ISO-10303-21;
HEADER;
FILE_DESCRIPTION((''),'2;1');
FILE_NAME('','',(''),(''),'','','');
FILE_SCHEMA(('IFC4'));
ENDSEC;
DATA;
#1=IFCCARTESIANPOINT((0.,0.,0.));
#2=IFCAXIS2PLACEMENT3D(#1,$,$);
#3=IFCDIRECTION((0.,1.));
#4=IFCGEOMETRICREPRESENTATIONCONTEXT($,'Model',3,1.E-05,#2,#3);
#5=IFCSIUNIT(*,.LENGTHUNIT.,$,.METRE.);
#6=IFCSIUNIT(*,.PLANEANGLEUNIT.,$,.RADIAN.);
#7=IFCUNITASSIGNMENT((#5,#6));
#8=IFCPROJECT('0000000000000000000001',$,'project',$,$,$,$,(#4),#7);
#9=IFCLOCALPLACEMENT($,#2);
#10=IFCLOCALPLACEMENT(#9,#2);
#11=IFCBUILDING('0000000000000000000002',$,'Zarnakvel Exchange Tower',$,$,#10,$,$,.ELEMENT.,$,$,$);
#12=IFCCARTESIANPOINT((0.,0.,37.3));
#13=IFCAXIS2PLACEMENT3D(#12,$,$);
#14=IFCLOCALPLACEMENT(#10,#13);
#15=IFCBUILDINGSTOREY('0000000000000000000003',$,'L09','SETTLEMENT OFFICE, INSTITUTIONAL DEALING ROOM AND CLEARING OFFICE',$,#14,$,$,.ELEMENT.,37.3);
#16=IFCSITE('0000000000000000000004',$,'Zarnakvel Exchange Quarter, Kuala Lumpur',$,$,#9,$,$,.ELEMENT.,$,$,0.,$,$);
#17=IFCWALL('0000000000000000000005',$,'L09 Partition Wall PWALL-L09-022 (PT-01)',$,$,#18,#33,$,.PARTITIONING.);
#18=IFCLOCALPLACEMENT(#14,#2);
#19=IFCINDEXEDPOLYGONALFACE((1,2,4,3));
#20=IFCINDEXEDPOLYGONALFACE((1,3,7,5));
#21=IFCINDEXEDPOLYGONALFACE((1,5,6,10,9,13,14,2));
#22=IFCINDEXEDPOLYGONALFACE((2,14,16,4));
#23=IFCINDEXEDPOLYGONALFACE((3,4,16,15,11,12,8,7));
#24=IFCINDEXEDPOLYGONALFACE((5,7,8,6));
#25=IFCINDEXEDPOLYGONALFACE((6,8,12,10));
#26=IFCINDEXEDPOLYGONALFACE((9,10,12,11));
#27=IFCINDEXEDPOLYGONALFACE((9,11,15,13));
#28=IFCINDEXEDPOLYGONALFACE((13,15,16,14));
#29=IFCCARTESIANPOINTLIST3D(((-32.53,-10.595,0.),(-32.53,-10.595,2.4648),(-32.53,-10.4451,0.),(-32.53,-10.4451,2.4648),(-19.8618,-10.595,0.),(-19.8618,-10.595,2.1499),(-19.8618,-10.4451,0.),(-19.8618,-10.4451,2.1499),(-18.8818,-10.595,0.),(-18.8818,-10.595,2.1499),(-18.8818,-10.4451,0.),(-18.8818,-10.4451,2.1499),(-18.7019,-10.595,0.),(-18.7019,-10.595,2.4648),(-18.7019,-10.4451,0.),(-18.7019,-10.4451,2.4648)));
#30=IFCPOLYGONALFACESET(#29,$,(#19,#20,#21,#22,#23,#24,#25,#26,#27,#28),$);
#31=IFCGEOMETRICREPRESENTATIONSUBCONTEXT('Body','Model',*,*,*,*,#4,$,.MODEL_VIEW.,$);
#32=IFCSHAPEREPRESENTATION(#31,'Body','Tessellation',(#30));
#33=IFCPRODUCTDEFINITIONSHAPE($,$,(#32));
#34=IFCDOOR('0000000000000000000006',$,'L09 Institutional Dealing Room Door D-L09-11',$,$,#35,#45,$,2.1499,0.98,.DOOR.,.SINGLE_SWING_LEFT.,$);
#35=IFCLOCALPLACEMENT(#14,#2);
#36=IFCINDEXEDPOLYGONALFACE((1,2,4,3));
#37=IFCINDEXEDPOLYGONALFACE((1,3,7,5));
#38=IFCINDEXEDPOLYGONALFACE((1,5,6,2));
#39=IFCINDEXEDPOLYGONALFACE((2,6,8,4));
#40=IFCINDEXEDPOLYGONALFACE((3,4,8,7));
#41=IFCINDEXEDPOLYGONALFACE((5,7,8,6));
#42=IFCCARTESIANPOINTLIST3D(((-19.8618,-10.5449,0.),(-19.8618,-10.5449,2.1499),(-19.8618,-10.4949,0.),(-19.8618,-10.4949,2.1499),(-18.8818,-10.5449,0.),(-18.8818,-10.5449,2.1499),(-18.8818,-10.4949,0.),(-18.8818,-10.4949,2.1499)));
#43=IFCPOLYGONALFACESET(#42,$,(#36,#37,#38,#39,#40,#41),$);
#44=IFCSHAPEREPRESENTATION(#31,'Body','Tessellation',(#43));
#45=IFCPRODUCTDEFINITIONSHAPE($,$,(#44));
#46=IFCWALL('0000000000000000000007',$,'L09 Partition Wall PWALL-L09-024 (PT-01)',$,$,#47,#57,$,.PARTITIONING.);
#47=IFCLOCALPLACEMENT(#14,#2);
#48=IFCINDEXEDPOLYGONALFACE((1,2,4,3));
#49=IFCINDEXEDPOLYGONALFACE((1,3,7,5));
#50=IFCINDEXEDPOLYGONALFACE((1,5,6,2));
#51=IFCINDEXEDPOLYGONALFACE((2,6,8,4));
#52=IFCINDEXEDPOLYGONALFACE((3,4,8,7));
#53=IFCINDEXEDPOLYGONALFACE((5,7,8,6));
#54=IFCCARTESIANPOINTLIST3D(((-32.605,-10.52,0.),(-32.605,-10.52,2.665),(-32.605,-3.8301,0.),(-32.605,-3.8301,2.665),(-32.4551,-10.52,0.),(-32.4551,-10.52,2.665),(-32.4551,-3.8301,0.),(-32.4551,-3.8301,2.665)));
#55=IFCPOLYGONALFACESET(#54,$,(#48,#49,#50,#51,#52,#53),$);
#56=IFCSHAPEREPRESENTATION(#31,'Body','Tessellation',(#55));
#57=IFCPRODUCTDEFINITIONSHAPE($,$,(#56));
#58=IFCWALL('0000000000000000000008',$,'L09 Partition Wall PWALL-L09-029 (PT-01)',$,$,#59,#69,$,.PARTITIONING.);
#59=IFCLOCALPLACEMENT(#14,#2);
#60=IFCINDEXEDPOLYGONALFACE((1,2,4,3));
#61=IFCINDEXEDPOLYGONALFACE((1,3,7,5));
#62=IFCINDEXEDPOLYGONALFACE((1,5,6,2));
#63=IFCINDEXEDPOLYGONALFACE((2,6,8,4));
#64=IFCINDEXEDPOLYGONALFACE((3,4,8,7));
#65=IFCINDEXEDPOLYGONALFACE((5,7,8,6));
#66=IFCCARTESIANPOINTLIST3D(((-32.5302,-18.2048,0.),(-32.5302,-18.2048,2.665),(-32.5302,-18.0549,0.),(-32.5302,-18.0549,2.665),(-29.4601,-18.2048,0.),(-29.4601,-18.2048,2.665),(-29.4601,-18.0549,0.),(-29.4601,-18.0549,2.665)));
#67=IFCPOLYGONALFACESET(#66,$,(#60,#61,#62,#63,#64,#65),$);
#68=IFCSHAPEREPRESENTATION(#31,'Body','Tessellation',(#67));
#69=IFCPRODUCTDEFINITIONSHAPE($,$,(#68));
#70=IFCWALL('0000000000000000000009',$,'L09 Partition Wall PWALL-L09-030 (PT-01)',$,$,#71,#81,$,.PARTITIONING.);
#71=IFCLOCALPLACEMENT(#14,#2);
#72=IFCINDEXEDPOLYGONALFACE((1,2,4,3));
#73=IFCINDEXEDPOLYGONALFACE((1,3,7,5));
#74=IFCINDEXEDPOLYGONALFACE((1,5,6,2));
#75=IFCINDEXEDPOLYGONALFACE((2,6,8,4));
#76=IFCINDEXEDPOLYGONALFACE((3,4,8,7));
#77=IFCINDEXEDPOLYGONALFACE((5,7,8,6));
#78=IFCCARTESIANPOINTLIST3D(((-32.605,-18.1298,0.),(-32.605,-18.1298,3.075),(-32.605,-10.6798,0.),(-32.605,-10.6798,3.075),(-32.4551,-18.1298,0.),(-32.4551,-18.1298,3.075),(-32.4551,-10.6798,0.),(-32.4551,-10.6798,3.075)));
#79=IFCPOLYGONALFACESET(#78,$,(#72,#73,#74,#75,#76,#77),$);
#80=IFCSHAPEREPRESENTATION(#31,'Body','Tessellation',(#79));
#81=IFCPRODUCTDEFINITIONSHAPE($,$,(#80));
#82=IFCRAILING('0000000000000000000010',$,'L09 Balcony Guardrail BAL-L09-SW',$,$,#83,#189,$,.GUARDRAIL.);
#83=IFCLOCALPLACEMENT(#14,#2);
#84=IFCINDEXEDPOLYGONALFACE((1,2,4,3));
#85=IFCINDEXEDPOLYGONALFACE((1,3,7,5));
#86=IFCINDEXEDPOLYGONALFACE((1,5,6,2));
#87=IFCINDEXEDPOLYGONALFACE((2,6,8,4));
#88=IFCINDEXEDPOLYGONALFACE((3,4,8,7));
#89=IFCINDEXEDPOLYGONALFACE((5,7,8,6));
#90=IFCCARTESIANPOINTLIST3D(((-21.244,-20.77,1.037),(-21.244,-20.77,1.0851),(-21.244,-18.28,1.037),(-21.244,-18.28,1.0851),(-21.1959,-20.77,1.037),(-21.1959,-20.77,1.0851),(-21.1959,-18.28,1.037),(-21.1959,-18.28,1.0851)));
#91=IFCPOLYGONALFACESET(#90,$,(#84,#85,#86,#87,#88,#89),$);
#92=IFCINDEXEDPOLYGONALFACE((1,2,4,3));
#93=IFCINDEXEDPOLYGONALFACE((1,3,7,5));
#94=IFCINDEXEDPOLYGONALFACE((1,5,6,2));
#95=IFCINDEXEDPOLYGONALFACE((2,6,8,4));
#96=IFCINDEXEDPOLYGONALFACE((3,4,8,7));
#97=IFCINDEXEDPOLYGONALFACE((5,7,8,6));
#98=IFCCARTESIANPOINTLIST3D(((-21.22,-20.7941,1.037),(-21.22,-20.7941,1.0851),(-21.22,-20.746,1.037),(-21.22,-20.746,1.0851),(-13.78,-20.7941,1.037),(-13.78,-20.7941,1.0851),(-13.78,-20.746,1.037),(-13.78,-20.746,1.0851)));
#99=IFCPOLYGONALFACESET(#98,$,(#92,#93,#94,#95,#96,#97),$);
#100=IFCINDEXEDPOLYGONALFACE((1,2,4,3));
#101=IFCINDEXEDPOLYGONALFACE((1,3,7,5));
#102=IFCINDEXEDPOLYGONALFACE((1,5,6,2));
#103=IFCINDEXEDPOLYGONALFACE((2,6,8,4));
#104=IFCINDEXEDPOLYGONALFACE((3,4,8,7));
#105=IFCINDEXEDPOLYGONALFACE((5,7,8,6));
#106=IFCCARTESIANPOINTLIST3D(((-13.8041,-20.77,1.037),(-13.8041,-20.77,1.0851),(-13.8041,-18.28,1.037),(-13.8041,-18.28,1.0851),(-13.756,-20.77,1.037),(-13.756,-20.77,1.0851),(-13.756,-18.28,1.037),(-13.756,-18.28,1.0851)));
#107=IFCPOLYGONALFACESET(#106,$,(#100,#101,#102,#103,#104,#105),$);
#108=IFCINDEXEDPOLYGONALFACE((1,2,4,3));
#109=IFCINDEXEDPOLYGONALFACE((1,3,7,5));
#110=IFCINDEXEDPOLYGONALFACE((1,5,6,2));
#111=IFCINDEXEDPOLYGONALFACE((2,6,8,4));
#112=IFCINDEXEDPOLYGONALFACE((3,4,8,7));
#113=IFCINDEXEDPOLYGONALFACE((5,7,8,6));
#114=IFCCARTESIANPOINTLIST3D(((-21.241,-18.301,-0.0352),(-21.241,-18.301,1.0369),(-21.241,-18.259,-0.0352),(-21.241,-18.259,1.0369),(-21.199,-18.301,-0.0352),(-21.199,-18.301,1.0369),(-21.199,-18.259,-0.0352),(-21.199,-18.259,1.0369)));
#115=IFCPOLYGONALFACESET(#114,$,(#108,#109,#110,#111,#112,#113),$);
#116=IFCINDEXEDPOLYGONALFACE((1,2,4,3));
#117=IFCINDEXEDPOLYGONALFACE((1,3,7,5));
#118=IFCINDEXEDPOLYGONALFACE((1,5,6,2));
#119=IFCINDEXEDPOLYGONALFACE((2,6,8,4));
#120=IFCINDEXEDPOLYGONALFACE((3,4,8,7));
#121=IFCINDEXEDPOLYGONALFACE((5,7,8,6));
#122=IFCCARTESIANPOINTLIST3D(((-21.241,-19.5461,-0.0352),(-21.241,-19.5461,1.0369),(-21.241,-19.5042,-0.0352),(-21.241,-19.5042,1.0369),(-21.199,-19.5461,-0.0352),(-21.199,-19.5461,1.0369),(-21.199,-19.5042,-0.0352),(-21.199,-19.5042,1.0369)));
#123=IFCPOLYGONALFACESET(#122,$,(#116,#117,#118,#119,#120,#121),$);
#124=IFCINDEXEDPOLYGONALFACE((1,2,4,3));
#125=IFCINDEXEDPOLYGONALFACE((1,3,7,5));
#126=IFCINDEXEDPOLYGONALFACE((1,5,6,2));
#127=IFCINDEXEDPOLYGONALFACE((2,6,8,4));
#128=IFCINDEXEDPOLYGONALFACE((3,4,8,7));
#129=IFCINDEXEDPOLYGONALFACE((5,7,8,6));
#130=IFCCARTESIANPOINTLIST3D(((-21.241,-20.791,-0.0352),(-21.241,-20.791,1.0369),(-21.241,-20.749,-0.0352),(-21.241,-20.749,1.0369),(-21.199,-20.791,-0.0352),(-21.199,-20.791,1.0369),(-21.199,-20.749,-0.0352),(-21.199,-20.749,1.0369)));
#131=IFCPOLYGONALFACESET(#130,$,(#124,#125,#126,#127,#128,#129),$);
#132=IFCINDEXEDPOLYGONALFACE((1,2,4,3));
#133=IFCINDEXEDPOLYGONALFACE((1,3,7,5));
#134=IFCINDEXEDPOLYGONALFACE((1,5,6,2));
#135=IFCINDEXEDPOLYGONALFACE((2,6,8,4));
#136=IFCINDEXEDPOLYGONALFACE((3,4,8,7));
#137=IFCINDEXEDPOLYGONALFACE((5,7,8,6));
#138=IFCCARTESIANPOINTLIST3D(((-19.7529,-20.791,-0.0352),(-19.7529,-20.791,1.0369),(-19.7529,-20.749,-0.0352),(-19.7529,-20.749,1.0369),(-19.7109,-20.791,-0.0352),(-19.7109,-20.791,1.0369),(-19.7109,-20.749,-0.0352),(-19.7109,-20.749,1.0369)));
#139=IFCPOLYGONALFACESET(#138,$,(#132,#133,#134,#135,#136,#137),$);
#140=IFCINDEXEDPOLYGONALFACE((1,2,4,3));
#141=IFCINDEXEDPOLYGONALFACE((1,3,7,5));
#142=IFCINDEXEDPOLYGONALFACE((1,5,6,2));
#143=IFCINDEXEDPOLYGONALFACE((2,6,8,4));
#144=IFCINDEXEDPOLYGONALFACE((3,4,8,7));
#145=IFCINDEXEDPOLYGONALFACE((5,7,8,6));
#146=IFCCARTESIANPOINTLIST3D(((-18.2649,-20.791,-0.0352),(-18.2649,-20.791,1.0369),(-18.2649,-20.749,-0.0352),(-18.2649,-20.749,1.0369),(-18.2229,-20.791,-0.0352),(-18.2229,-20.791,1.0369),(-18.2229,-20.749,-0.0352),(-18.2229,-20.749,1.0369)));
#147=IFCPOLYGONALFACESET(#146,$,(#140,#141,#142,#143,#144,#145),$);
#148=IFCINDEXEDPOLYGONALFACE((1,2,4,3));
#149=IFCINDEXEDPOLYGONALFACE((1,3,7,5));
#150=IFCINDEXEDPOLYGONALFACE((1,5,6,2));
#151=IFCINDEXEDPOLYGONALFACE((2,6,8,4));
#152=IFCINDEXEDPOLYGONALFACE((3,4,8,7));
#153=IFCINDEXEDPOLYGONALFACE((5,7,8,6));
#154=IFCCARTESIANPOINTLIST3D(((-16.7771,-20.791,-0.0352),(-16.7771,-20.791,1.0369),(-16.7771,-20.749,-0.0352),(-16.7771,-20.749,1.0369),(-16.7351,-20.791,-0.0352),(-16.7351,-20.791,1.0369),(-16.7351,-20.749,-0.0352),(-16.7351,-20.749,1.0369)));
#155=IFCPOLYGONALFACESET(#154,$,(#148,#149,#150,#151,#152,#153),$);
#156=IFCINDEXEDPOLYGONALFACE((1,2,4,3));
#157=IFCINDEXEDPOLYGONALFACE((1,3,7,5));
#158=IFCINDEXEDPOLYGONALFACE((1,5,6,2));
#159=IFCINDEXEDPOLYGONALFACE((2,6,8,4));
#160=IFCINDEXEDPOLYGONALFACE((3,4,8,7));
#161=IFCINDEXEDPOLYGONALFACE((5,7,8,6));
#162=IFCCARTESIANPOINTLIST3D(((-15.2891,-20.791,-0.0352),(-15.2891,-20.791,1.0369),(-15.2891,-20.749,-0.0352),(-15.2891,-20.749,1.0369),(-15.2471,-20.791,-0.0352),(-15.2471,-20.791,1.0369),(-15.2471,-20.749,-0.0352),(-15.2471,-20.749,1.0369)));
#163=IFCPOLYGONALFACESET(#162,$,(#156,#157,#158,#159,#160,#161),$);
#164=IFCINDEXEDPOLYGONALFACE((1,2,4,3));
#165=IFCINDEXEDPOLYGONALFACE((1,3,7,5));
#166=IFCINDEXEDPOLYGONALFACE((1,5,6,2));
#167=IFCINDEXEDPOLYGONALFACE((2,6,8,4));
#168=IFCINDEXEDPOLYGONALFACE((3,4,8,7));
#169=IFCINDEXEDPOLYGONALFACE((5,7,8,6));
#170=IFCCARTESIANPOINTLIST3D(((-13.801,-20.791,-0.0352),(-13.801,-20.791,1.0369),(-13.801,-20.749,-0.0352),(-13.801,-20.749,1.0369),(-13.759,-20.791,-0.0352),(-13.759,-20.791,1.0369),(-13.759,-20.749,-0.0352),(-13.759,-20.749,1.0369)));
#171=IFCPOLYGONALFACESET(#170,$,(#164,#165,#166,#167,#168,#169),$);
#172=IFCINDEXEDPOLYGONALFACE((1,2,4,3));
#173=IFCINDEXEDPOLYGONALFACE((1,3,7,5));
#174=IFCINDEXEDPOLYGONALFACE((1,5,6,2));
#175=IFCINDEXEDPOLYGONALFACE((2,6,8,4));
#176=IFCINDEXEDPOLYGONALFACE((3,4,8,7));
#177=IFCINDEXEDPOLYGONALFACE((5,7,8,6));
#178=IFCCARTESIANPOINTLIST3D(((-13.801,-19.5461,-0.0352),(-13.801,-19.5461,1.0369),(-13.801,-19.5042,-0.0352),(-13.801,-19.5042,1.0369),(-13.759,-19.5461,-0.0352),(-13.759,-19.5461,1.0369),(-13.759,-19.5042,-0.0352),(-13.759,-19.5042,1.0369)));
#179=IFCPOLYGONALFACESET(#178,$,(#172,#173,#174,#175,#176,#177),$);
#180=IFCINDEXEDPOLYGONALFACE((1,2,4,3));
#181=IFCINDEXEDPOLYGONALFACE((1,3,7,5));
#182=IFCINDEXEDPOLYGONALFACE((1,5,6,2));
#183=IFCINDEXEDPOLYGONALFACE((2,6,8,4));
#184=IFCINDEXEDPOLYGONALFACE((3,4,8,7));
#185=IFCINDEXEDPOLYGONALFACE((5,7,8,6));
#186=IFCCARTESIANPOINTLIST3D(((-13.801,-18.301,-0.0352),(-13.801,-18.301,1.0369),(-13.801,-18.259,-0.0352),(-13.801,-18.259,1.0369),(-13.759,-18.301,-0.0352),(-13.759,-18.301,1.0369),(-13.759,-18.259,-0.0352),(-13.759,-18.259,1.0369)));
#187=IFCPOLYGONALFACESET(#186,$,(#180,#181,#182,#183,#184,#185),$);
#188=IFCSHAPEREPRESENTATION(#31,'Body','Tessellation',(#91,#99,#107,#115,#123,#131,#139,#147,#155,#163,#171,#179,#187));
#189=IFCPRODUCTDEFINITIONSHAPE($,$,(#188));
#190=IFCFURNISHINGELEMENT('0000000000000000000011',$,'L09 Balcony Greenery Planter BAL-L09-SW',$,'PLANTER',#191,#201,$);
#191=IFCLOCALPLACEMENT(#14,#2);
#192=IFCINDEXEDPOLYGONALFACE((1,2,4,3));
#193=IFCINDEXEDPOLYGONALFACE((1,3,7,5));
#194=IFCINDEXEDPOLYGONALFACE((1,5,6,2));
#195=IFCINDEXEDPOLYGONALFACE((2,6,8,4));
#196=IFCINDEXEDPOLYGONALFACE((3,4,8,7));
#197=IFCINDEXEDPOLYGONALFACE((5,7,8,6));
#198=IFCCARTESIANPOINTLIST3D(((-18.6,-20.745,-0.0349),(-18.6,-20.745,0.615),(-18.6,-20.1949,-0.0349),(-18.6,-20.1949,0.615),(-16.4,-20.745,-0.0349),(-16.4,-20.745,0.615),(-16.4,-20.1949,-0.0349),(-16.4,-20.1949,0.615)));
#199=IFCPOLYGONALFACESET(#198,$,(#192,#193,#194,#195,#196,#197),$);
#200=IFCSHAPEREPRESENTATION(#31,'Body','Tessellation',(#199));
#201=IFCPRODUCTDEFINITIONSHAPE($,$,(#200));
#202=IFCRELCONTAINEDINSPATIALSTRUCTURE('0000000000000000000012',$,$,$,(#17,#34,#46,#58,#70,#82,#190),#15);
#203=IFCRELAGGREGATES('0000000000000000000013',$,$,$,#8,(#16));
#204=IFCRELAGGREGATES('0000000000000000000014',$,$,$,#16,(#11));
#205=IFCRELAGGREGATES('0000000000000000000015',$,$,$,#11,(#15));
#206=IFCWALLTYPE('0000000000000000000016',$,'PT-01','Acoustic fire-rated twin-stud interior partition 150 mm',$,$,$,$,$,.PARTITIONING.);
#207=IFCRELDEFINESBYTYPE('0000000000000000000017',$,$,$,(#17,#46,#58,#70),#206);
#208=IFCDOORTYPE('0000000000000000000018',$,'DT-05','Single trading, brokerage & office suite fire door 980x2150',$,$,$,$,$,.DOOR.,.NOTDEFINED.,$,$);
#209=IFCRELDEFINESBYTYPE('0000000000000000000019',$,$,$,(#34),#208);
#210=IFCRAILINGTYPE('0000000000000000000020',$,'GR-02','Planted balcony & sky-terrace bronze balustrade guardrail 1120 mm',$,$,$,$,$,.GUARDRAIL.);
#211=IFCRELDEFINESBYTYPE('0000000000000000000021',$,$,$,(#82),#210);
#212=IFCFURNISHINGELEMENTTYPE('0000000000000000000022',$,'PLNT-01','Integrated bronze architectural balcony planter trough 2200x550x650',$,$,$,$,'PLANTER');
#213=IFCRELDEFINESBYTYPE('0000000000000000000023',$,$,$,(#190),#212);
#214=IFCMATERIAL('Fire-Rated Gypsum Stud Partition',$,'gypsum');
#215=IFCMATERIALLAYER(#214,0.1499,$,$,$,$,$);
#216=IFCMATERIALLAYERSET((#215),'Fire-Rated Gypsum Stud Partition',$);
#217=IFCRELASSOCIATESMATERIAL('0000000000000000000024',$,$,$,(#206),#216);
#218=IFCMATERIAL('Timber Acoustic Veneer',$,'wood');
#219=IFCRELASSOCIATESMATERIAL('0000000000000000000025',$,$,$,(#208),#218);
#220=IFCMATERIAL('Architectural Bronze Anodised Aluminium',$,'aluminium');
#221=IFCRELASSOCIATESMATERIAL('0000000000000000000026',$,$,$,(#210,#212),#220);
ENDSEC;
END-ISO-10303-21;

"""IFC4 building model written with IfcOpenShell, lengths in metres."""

from ifc_helpers import new_model, si_unit, direction, frame, frame_2d, origin, origin_2d, place, context, subcontext, project, spatial, rectangle, extrude, source, transform, mapped, material, layer, layer_set, type_object, element, fill, save


model = new_model("IFC4")

# Units and contexts
model_context = context("Model", 3, precision=1e-05, world=origin(), true_north=direction((0.0, 1.0)))
body_context = subcontext(model_context, "Body", "Model", "MODEL_VIEW")
ifc_project = project(units=[si_unit("LENGTHUNIT", "METRE"), si_unit("PLANEANGLEUNIT", "RADIAN")], contexts=[model_context])

# Site, building, storey
site_placement = place(None, origin())
site = spatial("IfcSite", under=ifc_project, at=site_placement, Name="Zarnakvel Exchange Quarter, Kuala Lumpur", CompositionType="ELEMENT", RefElevation=0.0)
building_placement = place(site_placement, origin())
building = spatial("IfcBuilding", under=site, at=building_placement, Name="Zarnakvel Exchange Tower", CompositionType="ELEMENT")
storey_placement = place(building_placement, frame((0.0, 0.0, 37.3)))
storey = spatial("IfcBuildingStorey", under=building, at=storey_placement, Name="L09", Description="SETTLEMENT OFFICE, INSTITUTIONAL DEALING ROOM AND CLEARING OFFICE", CompositionType="ELEMENT", Elevation=37.3)

# Shared definitions
ifc_material_1 = material(Name="Architectural Bronze Anodised Aluminium", Category="aluminium")

# Wall, opening, door
ifc_material_2 = material(Name="Fire-Rated Gypsum Stud Partition", Category="gypsum")
ifc_layer_1 = layer(ifc_material_2, 0.1499)
ifc_layer_set_1 = layer_set([ifc_layer_1], Name="Fire-Rated Gypsum Stud Partition")
wall_type_1 = type_object("IfcWallType", Name="PT-01", Description="Acoustic fire-rated twin-stud interior partition 150 mm", PredefinedType="PARTITIONING", material=ifc_layer_set_1)
wall_1_placement = place(storey_placement, frame((-18.7019, -10.52, 0.0), z_axis=(0.0, 0.0, 1.0), x_axis=(-1.0, 0.0, 0.0)))
wall_1 = element("IfcWall", 1, at=wall_1_placement, inside=storey, type_object=wall_type_1, Name="L09 Partition Wall PWALL-L09-022 (PT-01)", PredefinedType="PARTITIONING", context=body_context, shape_type="SweptSolid", body=[
    extrude(rectangle(XDim=13.8281, YDim=0.1499, at=frame_2d((6.9141, 0.0))), origin(), (0.0, 0.0, 1.0), 2.4648),
])
opening_placement = place(wall_1_placement, frame((0.1799, 0.0, 0.0)))
opening = element("IfcOpeningElement", 2, at=opening_placement, cuts=wall_1, PredefinedType="OPENING", context=body_context, shape_type="SweptSolid", body=[
    extrude(rectangle(XDim=0.98, YDim=2.1499, at=frame_2d((0.49, 1.075))), frame((0.0, 0.085, 0.0), z_axis=(0.0, -1.0, 0.0), x_axis=(1.0, 0.0, 0.0)), (0.0, 0.0, 1.0), 0.1699),
])
ifc_material_3 = material(Name="Timber Acoustic Veneer", Category="wood")
door_type = type_object("IfcDoorType", Name="DT-05", Description="Single trading, brokerage & office suite fire door 980x2150", OperationType="NOTDEFINED", PredefinedType="DOOR", material=ifc_material_3)
shared_shape_1 = source(origin(), body_context, "Body", "SweptSolid", [
    extrude(rectangle(XDim=0.98, YDim=2.1499, at=frame_2d((0.49, 1.075))), frame((0.0, 0.0249, 0.0), z_axis=(0.0, -1.0, 0.0), x_axis=(1.0, 0.0, 0.0)), (0.0, 0.0, 1.0), 0.05),
])
door_placement = place(opening_placement, origin())
door = element("IfcDoor", 3, at=door_placement, inside=storey, type_object=door_type, Name="L09 Institutional Dealing Room Door D-L09-11", OperationType="SINGLE_SWING_LEFT", OverallHeight=2.1499, OverallWidth=0.98, PredefinedType="DOOR", context=body_context, shape_type="MappedRepresentation", body=[
    mapped(shared_shape_1, transform((0.0, 0.0, 0.0), x_axis=(1.0, 0.0, 0.0), y_axis=(0.0, 1.0, 0.0), z_axis=(0.0, 0.0, 1.0), scale=1.0)),
])
fill(opening, door)

# Walls
wall_2_placement = place(storey_placement, frame((-32.53, -10.52, 0.0), z_axis=(0.0, 0.0, 1.0), x_axis=(0.0, 1.0, 0.0)))
element("IfcWall", 4, at=wall_2_placement, inside=storey, type_object=wall_type_1, Name="L09 Partition Wall PWALL-L09-024 (PT-01)", PredefinedType="PARTITIONING", context=body_context, shape_type="SweptSolid", body=[
    extrude(rectangle(XDim=6.6899, YDim=0.1499, at=frame_2d((3.345, 0.0))), origin(), (0.0, 0.0, 1.0), 2.665),
])
wall_3_placement = place(storey_placement, frame((-29.46, -18.1299, 0.0), z_axis=(0.0, 0.0, 1.0), x_axis=(-1.0, 0.0, 0.0)))
element("IfcWall", 5, at=wall_3_placement, inside=storey, type_object=wall_type_1, Name="L09 Partition Wall PWALL-L09-029 (PT-01)", PredefinedType="PARTITIONING", context=body_context, shape_type="SweptSolid", body=[
    extrude(rectangle(XDim=3.0701, YDim=0.1499, at=frame_2d((1.5352, 0.0))), origin(), (0.0, 0.0, 1.0), 2.665),
])
wall_4_placement = place(storey_placement, frame((-32.53, -18.1299, 0.0), z_axis=(0.0, 0.0, 1.0), x_axis=(0.0, 1.0, 0.0)))
element("IfcWall", 6, at=wall_4_placement, inside=storey, type_object=wall_type_1, Name="L09 Partition Wall PWALL-L09-030 (PT-01)", PredefinedType="PARTITIONING", context=body_context, shape_type="SweptSolid", body=[
    extrude(rectangle(XDim=7.45, YDim=0.1499, at=frame_2d((3.7251, 0.0))), origin(), (0.0, 0.0, 1.0), 3.075),
])

# Railing
railing_type = type_object("IfcRailingType", Name="GR-02", Description="Planted balcony & sky-terrace bronze balustrade guardrail 1120 mm", PredefinedType="GUARDRAIL", material=ifc_material_1)
railing_placement = place(storey_placement, frame((-21.22, -18.28, -0.0352)))
element("IfcRailing", 7, at=railing_placement, inside=storey, type_object=railing_type, Name="L09 Balcony Guardrail BAL-L09-SW", PredefinedType="GUARDRAIL", context=body_context, shape_type="SweptSolid", body=[
    extrude(rectangle(XDim=0.0481, YDim=0.0481, at=origin_2d()), frame((0.0, 0.0, 1.0962), z_axis=(0.0, -1.0, 0.0), x_axis=(1.0, 0.0, 0.0)), (0.0, 0.0, 1.0), 2.49),
    extrude(rectangle(XDim=0.0481, YDim=0.0481, at=origin_2d()), frame((0.0, -2.49, 1.0962), z_axis=(1.0, 0.0, 0.0), x_axis=(0.0, 1.0, 0.0)), (0.0, 0.0, 1.0), 7.4399),
    extrude(rectangle(XDim=0.0481, YDim=0.0481, at=origin_2d()), frame((7.4399, -2.49, 1.0962), z_axis=(0.0, 1.0, 0.0), x_axis=(-1.0, 0.0, 0.0)), (0.0, 0.0, 1.0), 2.49),
    extrude(rectangle(XDim=0.042, YDim=0.042, at=origin_2d()), origin(), (0.0, 0.0, 1.0), 1.072),
    extrude(rectangle(XDim=0.042, YDim=0.042, at=origin_2d()), frame((0.0, -1.2451, 0.0)), (0.0, 0.0, 1.0), 1.072),
    extrude(rectangle(XDim=0.042, YDim=0.042, at=origin_2d()), frame((0.0, -2.49, 0.0)), (0.0, 0.0, 1.0), 1.072),
    extrude(rectangle(XDim=0.042, YDim=0.042, at=origin_2d()), frame((1.488, -2.49, 0.0)), (0.0, 0.0, 1.0), 1.072),
    extrude(rectangle(XDim=0.042, YDim=0.042, at=origin_2d()), frame((2.9761, -2.49, 0.0)), (0.0, 0.0, 1.0), 1.072),
    extrude(rectangle(XDim=0.042, YDim=0.042, at=origin_2d()), frame((4.4639, -2.49, 0.0)), (0.0, 0.0, 1.0), 1.072),
    extrude(rectangle(XDim=0.042, YDim=0.042, at=origin_2d()), frame((5.9519, -2.49, 0.0)), (0.0, 0.0, 1.0), 1.072),
    extrude(rectangle(XDim=0.042, YDim=0.042, at=origin_2d()), frame((7.4399, -2.49, 0.0)), (0.0, 0.0, 1.0), 1.072),
    extrude(rectangle(XDim=0.042, YDim=0.042, at=origin_2d()), frame((7.4399, -1.2451, 0.0)), (0.0, 0.0, 1.0), 1.072),
    extrude(rectangle(XDim=0.042, YDim=0.042, at=origin_2d()), frame((7.4399, 0.0, 0.0)), (0.0, 0.0, 1.0), 1.072),
])

# Furnishing element
furnishing_element_type = type_object("IfcFurnishingElementType", Name="PLNT-01", Description="Integrated bronze architectural balcony planter trough 2200x550x650", ElementType="PLANTER", material=ifc_material_1)
shared_shape_2 = source(origin(), body_context, "Body", "SweptSolid", [
    extrude(rectangle(XDim=2.2, YDim=0.55, at=origin_2d()), origin(), (0.0, 0.0, 1.0), 0.6499),
])
furnishing_placement = place(storey_placement, frame((-17.5, -20.47, -0.0349), z_axis=(0.0, 0.0, 1.0), x_axis=(1.0, 0.0, 0.0)))
element("IfcFurnishingElement", 8, at=furnishing_placement, inside=storey, type_object=furnishing_element_type, Name="L09 Balcony Greenery Planter BAL-L09-SW", ObjectType="PLANTER", context=body_context, shape_type="MappedRepresentation", body=[
    mapped(shared_shape_2, transform((0.0, 0.0, 0.0), x_axis=(1.0, 0.0, 0.0), y_axis=(0.0, 1.0, 0.0), z_axis=(0.0, 0.0, 1.0), scale=1.0)),
])

save(model, "model.ifc")
